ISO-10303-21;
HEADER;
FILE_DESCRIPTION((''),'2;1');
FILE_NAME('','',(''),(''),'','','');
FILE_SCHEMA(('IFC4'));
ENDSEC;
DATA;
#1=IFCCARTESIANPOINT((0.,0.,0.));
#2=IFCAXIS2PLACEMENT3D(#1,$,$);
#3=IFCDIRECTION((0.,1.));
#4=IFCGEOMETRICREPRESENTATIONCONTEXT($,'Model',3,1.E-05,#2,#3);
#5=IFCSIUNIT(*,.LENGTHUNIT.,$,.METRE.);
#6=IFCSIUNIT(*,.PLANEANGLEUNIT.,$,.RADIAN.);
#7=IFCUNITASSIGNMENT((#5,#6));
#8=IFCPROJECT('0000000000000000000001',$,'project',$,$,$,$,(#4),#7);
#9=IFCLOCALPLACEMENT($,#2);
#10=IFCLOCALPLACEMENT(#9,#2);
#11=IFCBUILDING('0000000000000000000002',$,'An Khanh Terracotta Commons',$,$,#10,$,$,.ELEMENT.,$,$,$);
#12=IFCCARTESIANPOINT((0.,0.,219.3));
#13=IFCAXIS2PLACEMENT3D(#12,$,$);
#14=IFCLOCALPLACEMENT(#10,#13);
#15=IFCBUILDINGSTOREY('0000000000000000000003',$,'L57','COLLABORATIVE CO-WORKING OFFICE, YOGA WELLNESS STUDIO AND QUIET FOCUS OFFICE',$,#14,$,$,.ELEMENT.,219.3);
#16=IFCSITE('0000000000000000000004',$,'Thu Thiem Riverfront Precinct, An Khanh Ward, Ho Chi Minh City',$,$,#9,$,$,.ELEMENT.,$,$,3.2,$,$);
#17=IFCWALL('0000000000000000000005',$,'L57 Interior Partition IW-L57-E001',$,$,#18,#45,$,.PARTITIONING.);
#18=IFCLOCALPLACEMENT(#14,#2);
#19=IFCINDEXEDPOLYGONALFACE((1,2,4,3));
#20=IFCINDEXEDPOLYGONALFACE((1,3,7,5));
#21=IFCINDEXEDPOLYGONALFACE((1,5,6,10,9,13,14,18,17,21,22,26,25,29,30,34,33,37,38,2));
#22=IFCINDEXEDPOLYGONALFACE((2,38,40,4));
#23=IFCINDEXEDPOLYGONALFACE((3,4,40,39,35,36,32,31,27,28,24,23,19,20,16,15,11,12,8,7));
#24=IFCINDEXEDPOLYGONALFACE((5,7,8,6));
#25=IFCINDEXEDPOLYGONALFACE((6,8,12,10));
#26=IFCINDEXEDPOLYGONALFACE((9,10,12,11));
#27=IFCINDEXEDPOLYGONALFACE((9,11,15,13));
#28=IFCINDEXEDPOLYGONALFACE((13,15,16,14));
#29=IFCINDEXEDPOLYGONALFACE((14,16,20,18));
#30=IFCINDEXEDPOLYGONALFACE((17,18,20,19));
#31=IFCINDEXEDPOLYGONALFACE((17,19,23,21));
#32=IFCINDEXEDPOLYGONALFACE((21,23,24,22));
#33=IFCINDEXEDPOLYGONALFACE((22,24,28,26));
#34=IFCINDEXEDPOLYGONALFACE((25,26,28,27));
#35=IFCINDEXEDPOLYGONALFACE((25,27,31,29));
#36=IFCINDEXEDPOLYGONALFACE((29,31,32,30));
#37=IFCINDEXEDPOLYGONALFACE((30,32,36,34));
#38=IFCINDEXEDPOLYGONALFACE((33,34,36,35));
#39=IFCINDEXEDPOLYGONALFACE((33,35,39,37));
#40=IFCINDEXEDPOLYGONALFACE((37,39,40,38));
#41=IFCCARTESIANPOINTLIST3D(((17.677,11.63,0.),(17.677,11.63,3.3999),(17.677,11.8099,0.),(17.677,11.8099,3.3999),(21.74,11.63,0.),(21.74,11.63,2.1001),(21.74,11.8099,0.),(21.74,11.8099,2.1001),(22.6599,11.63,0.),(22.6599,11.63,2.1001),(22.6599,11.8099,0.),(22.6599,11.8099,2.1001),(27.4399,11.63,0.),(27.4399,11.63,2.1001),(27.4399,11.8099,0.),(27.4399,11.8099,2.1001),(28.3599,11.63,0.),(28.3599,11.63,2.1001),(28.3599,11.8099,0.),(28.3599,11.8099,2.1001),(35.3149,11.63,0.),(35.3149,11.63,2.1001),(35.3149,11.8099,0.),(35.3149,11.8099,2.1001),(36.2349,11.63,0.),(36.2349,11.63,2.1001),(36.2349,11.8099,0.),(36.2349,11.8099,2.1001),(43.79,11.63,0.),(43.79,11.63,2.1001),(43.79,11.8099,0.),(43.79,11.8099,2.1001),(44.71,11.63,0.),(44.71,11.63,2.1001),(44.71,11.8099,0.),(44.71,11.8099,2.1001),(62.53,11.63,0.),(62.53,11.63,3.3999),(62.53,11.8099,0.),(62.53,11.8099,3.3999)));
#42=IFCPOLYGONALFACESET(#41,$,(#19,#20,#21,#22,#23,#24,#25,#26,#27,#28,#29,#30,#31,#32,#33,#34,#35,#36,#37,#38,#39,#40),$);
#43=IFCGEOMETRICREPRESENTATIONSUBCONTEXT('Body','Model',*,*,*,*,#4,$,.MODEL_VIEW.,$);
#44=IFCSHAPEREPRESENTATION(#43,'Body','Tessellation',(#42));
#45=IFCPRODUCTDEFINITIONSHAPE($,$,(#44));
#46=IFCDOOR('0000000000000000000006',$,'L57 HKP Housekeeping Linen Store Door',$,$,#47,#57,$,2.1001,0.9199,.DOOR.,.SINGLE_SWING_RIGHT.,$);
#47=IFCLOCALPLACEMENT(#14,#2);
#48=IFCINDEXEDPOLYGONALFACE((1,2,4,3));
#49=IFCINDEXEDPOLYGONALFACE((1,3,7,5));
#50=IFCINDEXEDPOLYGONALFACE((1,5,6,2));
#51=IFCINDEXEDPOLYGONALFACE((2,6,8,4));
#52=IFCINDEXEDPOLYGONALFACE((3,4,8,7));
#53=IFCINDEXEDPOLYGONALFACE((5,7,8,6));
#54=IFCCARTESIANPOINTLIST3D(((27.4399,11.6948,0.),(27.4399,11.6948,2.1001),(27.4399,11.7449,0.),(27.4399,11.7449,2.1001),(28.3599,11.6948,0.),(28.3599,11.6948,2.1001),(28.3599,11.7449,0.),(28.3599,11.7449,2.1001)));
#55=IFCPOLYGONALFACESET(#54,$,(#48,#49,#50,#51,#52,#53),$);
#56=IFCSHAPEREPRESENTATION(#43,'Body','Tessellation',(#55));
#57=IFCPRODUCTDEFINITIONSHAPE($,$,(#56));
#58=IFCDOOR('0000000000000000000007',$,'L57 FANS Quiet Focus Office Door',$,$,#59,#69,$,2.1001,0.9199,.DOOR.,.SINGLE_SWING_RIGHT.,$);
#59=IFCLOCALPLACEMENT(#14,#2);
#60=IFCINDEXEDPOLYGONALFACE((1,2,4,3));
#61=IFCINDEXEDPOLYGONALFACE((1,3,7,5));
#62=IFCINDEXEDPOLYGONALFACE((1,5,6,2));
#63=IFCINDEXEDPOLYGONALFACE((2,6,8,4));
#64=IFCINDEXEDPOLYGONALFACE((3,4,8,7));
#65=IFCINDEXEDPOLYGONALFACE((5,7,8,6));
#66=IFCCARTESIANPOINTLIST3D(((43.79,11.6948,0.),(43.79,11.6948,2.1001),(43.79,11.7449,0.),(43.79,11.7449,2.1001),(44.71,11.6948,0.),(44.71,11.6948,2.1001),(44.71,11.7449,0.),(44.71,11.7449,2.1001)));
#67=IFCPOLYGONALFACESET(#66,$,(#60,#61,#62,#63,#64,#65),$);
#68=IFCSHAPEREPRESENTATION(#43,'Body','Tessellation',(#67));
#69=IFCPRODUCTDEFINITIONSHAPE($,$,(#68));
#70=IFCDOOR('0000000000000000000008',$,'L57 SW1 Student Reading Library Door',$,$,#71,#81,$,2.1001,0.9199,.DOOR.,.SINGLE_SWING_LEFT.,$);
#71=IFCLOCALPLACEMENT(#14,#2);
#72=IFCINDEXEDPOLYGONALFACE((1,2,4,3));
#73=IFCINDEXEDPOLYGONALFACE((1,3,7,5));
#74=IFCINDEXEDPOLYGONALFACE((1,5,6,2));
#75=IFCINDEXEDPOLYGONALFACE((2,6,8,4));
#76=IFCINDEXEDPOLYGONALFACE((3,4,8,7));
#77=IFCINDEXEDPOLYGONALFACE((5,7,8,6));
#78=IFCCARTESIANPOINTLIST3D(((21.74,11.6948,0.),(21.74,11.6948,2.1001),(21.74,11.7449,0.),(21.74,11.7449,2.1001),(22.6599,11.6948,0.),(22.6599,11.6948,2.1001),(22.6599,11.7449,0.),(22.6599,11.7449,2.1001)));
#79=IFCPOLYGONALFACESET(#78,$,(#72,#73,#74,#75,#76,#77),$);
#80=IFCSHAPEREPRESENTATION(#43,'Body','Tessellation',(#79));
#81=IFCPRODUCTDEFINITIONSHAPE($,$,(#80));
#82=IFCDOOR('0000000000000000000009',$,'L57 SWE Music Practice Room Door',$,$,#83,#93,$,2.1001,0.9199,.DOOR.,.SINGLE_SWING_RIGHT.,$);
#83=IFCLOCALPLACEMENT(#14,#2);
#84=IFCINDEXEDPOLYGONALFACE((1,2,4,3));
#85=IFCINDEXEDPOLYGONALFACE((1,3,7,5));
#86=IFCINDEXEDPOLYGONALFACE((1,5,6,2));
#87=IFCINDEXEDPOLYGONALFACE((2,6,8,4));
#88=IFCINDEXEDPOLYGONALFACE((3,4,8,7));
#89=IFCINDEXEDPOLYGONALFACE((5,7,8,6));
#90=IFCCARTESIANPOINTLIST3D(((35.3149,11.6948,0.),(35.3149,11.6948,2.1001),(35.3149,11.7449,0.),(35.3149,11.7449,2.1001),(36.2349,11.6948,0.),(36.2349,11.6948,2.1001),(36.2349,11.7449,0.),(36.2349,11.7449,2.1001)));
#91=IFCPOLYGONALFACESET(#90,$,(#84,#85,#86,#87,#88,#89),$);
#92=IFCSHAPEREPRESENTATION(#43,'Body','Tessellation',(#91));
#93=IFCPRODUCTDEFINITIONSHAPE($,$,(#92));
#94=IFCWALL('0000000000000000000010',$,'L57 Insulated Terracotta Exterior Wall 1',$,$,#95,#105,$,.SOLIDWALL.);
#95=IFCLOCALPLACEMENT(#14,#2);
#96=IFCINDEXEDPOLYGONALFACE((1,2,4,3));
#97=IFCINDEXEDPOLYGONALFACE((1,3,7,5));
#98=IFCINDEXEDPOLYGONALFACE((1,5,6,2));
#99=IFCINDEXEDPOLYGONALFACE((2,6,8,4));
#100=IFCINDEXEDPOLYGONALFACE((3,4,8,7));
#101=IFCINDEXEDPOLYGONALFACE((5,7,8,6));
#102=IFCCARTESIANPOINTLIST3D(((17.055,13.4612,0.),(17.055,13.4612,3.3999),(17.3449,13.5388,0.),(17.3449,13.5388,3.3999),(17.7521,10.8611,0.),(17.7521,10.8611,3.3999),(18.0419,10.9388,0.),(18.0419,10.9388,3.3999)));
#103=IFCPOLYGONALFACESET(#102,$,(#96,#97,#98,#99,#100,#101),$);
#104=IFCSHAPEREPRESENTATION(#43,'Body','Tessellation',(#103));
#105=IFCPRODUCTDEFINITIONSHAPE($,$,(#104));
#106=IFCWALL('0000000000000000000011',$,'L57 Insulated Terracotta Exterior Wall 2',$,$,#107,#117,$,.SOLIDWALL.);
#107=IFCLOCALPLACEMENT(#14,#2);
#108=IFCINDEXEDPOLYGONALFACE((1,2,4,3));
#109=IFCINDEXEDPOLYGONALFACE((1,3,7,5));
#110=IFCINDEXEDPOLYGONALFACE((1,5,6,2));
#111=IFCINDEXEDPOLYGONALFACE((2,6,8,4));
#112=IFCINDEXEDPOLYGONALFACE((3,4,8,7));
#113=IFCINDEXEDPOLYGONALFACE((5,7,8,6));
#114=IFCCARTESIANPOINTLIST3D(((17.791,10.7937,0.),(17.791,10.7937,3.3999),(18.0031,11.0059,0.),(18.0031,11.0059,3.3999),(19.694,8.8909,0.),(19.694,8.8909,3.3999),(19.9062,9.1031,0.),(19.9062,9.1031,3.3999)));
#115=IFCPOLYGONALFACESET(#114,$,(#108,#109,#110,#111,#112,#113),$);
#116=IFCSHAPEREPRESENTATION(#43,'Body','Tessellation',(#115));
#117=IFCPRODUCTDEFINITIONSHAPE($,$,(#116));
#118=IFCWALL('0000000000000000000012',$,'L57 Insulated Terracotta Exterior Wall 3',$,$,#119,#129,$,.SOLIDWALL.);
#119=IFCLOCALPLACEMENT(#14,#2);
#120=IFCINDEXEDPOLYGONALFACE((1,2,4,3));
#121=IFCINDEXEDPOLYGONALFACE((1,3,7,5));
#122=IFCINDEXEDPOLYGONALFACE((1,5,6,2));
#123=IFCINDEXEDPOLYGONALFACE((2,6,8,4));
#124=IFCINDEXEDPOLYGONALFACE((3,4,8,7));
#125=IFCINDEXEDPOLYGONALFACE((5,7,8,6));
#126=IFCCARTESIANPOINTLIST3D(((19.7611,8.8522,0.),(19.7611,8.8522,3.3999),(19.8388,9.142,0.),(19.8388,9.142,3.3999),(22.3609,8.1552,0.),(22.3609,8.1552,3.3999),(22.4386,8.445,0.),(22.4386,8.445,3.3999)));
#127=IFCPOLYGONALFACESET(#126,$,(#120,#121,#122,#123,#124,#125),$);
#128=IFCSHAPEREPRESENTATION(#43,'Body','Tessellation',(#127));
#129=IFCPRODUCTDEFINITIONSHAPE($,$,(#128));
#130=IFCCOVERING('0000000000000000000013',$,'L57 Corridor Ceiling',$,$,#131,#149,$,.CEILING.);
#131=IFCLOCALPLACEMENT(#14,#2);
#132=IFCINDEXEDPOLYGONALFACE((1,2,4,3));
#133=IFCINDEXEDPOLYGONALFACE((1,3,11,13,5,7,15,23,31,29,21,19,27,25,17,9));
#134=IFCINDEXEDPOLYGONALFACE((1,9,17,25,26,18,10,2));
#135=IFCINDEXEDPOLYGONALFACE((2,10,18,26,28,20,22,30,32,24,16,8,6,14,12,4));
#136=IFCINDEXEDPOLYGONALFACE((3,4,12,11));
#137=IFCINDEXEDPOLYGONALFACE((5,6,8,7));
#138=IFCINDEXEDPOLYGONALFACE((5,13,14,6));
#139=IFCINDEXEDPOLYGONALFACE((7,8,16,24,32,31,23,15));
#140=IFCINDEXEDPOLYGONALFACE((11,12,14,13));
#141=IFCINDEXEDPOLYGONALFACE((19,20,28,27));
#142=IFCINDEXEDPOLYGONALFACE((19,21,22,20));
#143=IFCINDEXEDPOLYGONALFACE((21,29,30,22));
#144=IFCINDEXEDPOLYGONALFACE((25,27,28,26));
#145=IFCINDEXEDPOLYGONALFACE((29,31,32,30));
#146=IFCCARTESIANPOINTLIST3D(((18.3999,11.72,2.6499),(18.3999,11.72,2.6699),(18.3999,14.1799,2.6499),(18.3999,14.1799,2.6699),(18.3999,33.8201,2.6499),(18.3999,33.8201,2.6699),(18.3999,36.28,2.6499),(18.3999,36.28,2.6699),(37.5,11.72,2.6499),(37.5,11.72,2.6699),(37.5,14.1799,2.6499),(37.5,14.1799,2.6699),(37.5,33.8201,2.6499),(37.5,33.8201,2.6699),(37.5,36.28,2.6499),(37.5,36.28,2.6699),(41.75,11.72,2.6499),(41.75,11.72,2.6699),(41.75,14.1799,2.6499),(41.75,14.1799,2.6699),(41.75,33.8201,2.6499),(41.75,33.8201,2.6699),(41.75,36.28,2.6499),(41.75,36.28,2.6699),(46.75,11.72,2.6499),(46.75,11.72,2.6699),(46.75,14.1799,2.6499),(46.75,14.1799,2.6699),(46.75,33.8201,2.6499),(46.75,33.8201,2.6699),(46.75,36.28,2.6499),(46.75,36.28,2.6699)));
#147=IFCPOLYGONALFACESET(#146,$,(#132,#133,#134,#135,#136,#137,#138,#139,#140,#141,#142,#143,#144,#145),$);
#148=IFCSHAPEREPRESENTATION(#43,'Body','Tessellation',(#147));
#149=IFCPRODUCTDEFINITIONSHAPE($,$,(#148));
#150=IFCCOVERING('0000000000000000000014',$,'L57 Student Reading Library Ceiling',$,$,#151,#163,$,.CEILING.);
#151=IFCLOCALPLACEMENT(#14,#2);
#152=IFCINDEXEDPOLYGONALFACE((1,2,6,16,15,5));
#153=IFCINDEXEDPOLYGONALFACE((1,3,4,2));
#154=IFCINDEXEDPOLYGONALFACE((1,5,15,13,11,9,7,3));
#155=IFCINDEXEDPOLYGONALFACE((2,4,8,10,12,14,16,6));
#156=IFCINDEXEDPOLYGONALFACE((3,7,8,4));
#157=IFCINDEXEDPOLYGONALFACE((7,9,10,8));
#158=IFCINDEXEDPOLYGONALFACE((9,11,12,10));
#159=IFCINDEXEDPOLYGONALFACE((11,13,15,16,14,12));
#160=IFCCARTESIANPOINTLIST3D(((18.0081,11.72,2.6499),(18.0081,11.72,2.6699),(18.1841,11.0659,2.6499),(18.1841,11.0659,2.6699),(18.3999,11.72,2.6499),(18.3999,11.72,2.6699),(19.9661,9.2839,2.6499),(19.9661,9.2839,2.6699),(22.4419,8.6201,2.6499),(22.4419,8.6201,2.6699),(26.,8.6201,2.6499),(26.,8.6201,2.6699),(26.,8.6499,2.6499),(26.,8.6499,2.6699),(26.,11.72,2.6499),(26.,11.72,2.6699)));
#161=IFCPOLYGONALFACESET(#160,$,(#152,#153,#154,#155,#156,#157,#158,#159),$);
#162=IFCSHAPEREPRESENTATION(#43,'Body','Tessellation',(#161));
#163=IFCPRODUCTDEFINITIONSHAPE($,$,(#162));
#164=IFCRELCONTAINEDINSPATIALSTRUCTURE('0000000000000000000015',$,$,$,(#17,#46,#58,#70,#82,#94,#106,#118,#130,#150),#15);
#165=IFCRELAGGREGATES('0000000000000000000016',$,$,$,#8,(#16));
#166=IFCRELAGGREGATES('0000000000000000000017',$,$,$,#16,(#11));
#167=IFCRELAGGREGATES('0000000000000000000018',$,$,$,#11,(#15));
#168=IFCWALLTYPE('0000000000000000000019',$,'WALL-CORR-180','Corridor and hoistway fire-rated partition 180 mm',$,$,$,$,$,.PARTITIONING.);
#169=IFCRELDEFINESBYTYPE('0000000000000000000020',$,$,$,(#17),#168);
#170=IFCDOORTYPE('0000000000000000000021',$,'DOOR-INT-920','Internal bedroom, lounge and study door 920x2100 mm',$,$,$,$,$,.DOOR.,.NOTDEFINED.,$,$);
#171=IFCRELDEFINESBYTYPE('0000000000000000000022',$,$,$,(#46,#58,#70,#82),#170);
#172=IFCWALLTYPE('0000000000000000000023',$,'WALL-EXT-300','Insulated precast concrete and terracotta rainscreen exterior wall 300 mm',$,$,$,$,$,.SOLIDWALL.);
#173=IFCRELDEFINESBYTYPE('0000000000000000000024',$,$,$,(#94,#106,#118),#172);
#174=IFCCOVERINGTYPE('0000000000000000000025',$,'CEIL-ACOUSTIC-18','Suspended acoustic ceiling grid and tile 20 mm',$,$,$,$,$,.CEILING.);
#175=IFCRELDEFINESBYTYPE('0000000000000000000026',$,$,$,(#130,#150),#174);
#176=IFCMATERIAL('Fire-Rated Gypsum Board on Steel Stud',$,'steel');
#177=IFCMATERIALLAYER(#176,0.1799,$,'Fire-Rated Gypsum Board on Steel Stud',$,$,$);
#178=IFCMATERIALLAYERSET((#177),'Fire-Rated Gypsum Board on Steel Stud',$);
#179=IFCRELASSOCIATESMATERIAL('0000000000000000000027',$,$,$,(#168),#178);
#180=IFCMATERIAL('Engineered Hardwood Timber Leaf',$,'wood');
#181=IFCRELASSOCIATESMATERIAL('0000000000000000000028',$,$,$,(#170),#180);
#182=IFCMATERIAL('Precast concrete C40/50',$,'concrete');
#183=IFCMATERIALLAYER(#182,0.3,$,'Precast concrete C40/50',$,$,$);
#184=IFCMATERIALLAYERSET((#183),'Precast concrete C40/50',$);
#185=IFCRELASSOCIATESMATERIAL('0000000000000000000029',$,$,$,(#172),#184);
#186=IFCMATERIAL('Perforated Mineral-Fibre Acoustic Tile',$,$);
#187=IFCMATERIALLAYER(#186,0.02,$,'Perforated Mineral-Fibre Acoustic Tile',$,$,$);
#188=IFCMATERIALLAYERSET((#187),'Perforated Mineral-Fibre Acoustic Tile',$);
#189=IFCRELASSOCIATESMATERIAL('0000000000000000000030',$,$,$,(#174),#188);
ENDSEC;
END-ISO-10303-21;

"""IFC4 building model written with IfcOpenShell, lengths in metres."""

from ifc_helpers import new_model, si_unit, direction, frame, frame_2d, origin, place, context, subcontext, project, spatial, polyline, rectangle, outline, extrude, material, layer, layer_set, type_object, element, fill, save


model = new_model("IFC4")

# Units and contexts
model_context = context("Model", 3, precision=1e-05, world=origin(), true_north=direction((0.0, 1.0)))
body_context = subcontext(model_context, "Body", "Model", "MODEL_VIEW")
ifc_project = project(units=[si_unit("LENGTHUNIT", "METRE"), si_unit("PLANEANGLEUNIT", "RADIAN")], contexts=[model_context])

# Site, building, storey
site_placement = place(None, origin())
site = spatial("IfcSite", under=ifc_project, at=site_placement, Name="Thu Thiem Riverfront Precinct, An Khanh Ward, Ho Chi Minh City", CompositionType="ELEMENT", RefElevation=3.2)
building_placement = place(site_placement, origin())
building = spatial("IfcBuilding", under=site, at=building_placement, Name="An Khanh Terracotta Commons", CompositionType="ELEMENT")
storey_placement = place(building_placement, frame((0.0, 0.0, 219.3)))
storey = spatial("IfcBuildingStorey", under=building, at=storey_placement, Name="L57", Description="COLLABORATIVE CO-WORKING OFFICE, YOGA WELLNESS STUDIO AND QUIET FOCUS OFFICE", CompositionType="ELEMENT", Elevation=219.3)

# Shared definitions
ifc_material_1 = material(Name="Precast concrete C40/50", Category="concrete")

# Wall, openings, doors
ifc_material_2 = material(Name="Fire-Rated Gypsum Board on Steel Stud", Category="steel")
ifc_layer_1 = layer(ifc_material_2, 0.1799, Name="Fire-Rated Gypsum Board on Steel Stud")
ifc_layer_set_1 = layer_set([ifc_layer_1], Name="Fire-Rated Gypsum Board on Steel Stud")
wall_type_1 = type_object("IfcWallType", Name="WALL-CORR-180", Description="Corridor and hoistway fire-rated partition 180 mm", PredefinedType="PARTITIONING", material=ifc_layer_set_1)
wall_1_placement = place(storey_placement, frame((17.677, 11.72, 0.0), z_axis=(0.0, 0.0, 1.0), x_axis=(1.0, 0.0, 0.0)))
wall_1 = element("IfcWall", 1, at=wall_1_placement, inside=storey, type_object=wall_type_1, Name="L57 Interior Partition IW-L57-E001", PredefinedType="PARTITIONING", context=body_context, shape_type="SweptSolid", body=[
    extrude(rectangle(XDim=44.853, YDim=0.1799, at=frame_2d((22.4265, 0.0))), origin(), (0.0, 0.0, 1.0), 3.3999),
])
opening_1_placement = place(wall_1_placement, frame((9.7629, 0.0, 0.0)))
opening_1 = element("IfcOpeningElement", 2, at=opening_1_placement, cuts=wall_1, PredefinedType="OPENING", context=body_context, shape_type="SweptSolid", body=[
    extrude(rectangle(XDim=0.9199, YDim=2.1001, at=frame_2d((0.46, 1.05))), frame((0.0, 0.0999, 0.0), z_axis=(0.0, -1.0, 0.0), x_axis=(1.0, 0.0, 0.0)), (0.0, 0.0, 1.0), 0.2),
])
opening_2_placement = place(wall_1_placement, frame((26.113, 0.0, 0.0)))
opening_2 = element("IfcOpeningElement", 3, at=opening_2_placement, cuts=wall_1, PredefinedType="OPENING", context=body_context, shape_type="SweptSolid", body=[
    extrude(rectangle(XDim=0.9199, YDim=2.1001, at=frame_2d((0.46, 1.05))), frame((0.0, 0.0999, 0.0), z_axis=(0.0, -1.0, 0.0), x_axis=(1.0, 0.0, 0.0)), (0.0, 0.0, 1.0), 0.2),
])
opening_3_placement = place(wall_1_placement, frame((4.063, 0.0, 0.0)))
opening_3 = element("IfcOpeningElement", 4, at=opening_3_placement, cuts=wall_1, PredefinedType="OPENING", context=body_context, shape_type="SweptSolid", body=[
    extrude(rectangle(XDim=0.9199, YDim=2.1001, at=frame_2d((0.46, 1.05))), frame((0.0, 0.0999, 0.0), z_axis=(0.0, -1.0, 0.0), x_axis=(1.0, 0.0, 0.0)), (0.0, 0.0, 1.0), 0.2),
])
opening_4_placement = place(wall_1_placement, frame((17.6379, 0.0, 0.0)))
opening_4 = element("IfcOpeningElement", 5, at=opening_4_placement, cuts=wall_1, PredefinedType="OPENING", context=body_context, shape_type="SweptSolid", body=[
    extrude(rectangle(XDim=0.9199, YDim=2.1001, at=frame_2d((0.46, 1.05))), frame((0.0, 0.0999, 0.0), z_axis=(0.0, -1.0, 0.0), x_axis=(1.0, 0.0, 0.0)), (0.0, 0.0, 1.0), 0.2),
])
ifc_material_3 = material(Name="Engineered Hardwood Timber Leaf", Category="wood")
door_type = type_object("IfcDoorType", Name="DOOR-INT-920", Description="Internal bedroom, lounge and study door 920x2100 mm", OperationType="NOTDEFINED", PredefinedType="DOOR", material=ifc_material_3)
door_1_placement = place(opening_1_placement, origin())
door_1 = element("IfcDoor", 6, at=door_1_placement, inside=storey, type_object=door_type, Name="L57 HKP Housekeeping Linen Store Door", OperationType="SINGLE_SWING_RIGHT", OverallHeight=2.1001, OverallWidth=0.9199, PredefinedType="DOOR", context=body_context, shape_type="SweptSolid", body=[
    extrude(rectangle(XDim=0.9199, YDim=2.1001, at=frame_2d((0.46, 1.05))), frame((0.0, 0.0249, 0.0), z_axis=(0.0, -1.0, 0.0), x_axis=(1.0, 0.0, 0.0)), (0.0, 0.0, 1.0), 0.05),
])
fill(opening_1, door_1)
door_2_placement = place(opening_2_placement, origin())
door_2 = element("IfcDoor", 7, at=door_2_placement, inside=storey, type_object=door_type, Name="L57 FANS Quiet Focus Office Door", OperationType="SINGLE_SWING_RIGHT", OverallHeight=2.1001, OverallWidth=0.9199, PredefinedType="DOOR", context=body_context, shape_type="SweptSolid", body=[
    extrude(rectangle(XDim=0.9199, YDim=2.1001, at=frame_2d((0.46, 1.05))), frame((0.0, 0.0249, 0.0), z_axis=(0.0, -1.0, 0.0), x_axis=(1.0, 0.0, 0.0)), (0.0, 0.0, 1.0), 0.05),
])
fill(opening_2, door_2)
door_3_placement = place(opening_3_placement, origin())
door_3 = element("IfcDoor", 8, at=door_3_placement, inside=storey, type_object=door_type, Name="L57 SW1 Student Reading Library Door", OperationType="SINGLE_SWING_LEFT", OverallHeight=2.1001, OverallWidth=0.9199, PredefinedType="DOOR", context=body_context, shape_type="SweptSolid", body=[
    extrude(rectangle(XDim=0.9199, YDim=2.1001, at=frame_2d((0.46, 1.05))), frame((0.0, 0.0249, 0.0), z_axis=(0.0, -1.0, 0.0), x_axis=(1.0, 0.0, 0.0)), (0.0, 0.0, 1.0), 0.05),
])
fill(opening_3, door_3)
door_4_placement = place(opening_4_placement, origin())
door_4 = element("IfcDoor", 9, at=door_4_placement, inside=storey, type_object=door_type, Name="L57 SWE Music Practice Room Door", OperationType="SINGLE_SWING_RIGHT", OverallHeight=2.1001, OverallWidth=0.9199, PredefinedType="DOOR", context=body_context, shape_type="SweptSolid", body=[
    extrude(rectangle(XDim=0.9199, YDim=2.1001, at=frame_2d((0.46, 1.05))), frame((0.0, 0.0249, 0.0), z_axis=(0.0, -1.0, 0.0), x_axis=(1.0, 0.0, 0.0)), (0.0, 0.0, 1.0), 0.05),
])
fill(opening_4, door_4)

# Walls
ifc_layer_2 = layer(ifc_material_1, 0.3, Name="Precast concrete C40/50")
ifc_layer_set_2 = layer_set([ifc_layer_2], Name="Precast concrete C40/50")
wall_type_2 = type_object("IfcWallType", Name="WALL-EXT-300", Description="Insulated precast concrete and terracotta rainscreen exterior wall 300 mm", PredefinedType="SOLIDWALL", material=ifc_layer_set_2)
wall_2_placement = place(storey_placement, frame((17.2, 13.5, 0.0), z_axis=(0.0, 0.0, 1.0), x_axis=(0.258933, -0.965895, 0.0)))
element("IfcWall", 10, at=wall_2_placement, inside=storey, type_object=wall_type_2, Name="L57 Insulated Terracotta Exterior Wall 1", PredefinedType="SOLIDWALL", context=body_context, shape_type="SweptSolid", body=[
    extrude(rectangle(XDim=2.6919, YDim=0.3, at=frame_2d((1.3459, 0.0))), origin(), (0.0, 0.0, 1.0), 3.3999),
])
wall_3_placement = place(storey_placement, frame((17.897, 10.8999, 0.0), z_axis=(0.0, 0.0, 1.0), x_axis=(0.707152, -0.707061, 0.0)))
element("IfcWall", 11, at=wall_3_placement, inside=storey, type_object=wall_type_2, Name="L57 Insulated Terracotta Exterior Wall 2", PredefinedType="SOLIDWALL", context=body_context, shape_type="SweptSolid", body=[
    extrude(rectangle(XDim=2.6912, YDim=0.3, at=frame_2d((1.3457, 0.0))), origin(), (0.0, 0.0, 1.0), 3.3999),
])
wall_4_placement = place(storey_placement, frame((19.8, 8.9971, 0.0), z_axis=(0.0, 0.0, 1.0), x_axis=(0.965889, -0.258955, 0.0)))
element("IfcWall", 12, at=wall_4_placement, inside=storey, type_object=wall_type_2, Name="L57 Insulated Terracotta Exterior Wall 3", PredefinedType="SOLIDWALL", context=body_context, shape_type="SweptSolid", body=[
    extrude(rectangle(XDim=2.6917, YDim=0.3, at=frame_2d((1.3457, 0.0))), origin(), (0.0, 0.0, 1.0), 3.3999),
])

# Coverings
ifc_material_4 = material(Name="Perforated Mineral-Fibre Acoustic Tile")
ifc_layer_3 = layer(ifc_material_4, 0.02, Name="Perforated Mineral-Fibre Acoustic Tile")
ifc_layer_set_3 = layer_set([ifc_layer_3], Name="Perforated Mineral-Fibre Acoustic Tile")
covering_type = type_object("IfcCoveringType", Name="CEIL-ACOUSTIC-18", Description="Suspended acoustic ceiling grid and tile 20 mm", PredefinedType="CEILING", material=ifc_layer_set_3)
covering_1_placement = place(storey_placement, frame((0.0, 0.0, 2.6499)))
element("IfcCovering", 13, at=covering_1_placement, inside=storey, type_object=covering_type, Name="L57 Corridor Ceiling", PredefinedType="CEILING", context=body_context, shape_type="SweptSolid", body=[
    extrude(outline(polyline([(37.5, 14.1799), (37.5, 33.8201), (18.3999, 33.8201), (18.3999, 36.28), (37.5, 36.28), (41.75, 36.28), (46.75, 36.28), (46.75, 33.8201), (41.75, 33.8201), (41.75, 14.1799), (46.75, 14.1799), (46.75, 11.72), (41.75, 11.72), (37.5, 11.72), (18.3999, 11.72), (18.3999, 14.1799), (37.5, 14.1799)])), origin(), (0.0, 0.0, 1.0), 0.02),
])
covering_2_placement = place(storey_placement, frame((0.0, 0.0, 2.6499)))
element("IfcCovering", 14, at=covering_2_placement, inside=storey, type_object=covering_type, Name="L57 Student Reading Library Ceiling", PredefinedType="CEILING", context=body_context, shape_type="SweptSolid", body=[
    extrude(outline(polyline([(22.4419, 8.6201), (19.9661, 9.2839), (18.1841, 11.0659), (18.0081, 11.72), (18.3999, 11.72), (26.0, 11.72), (26.0, 8.6499), (26.0, 8.6201), (22.4419, 8.6201)])), origin(), (0.0, 0.0, 1.0), 0.02),
])

save(model, "model.ifc")
